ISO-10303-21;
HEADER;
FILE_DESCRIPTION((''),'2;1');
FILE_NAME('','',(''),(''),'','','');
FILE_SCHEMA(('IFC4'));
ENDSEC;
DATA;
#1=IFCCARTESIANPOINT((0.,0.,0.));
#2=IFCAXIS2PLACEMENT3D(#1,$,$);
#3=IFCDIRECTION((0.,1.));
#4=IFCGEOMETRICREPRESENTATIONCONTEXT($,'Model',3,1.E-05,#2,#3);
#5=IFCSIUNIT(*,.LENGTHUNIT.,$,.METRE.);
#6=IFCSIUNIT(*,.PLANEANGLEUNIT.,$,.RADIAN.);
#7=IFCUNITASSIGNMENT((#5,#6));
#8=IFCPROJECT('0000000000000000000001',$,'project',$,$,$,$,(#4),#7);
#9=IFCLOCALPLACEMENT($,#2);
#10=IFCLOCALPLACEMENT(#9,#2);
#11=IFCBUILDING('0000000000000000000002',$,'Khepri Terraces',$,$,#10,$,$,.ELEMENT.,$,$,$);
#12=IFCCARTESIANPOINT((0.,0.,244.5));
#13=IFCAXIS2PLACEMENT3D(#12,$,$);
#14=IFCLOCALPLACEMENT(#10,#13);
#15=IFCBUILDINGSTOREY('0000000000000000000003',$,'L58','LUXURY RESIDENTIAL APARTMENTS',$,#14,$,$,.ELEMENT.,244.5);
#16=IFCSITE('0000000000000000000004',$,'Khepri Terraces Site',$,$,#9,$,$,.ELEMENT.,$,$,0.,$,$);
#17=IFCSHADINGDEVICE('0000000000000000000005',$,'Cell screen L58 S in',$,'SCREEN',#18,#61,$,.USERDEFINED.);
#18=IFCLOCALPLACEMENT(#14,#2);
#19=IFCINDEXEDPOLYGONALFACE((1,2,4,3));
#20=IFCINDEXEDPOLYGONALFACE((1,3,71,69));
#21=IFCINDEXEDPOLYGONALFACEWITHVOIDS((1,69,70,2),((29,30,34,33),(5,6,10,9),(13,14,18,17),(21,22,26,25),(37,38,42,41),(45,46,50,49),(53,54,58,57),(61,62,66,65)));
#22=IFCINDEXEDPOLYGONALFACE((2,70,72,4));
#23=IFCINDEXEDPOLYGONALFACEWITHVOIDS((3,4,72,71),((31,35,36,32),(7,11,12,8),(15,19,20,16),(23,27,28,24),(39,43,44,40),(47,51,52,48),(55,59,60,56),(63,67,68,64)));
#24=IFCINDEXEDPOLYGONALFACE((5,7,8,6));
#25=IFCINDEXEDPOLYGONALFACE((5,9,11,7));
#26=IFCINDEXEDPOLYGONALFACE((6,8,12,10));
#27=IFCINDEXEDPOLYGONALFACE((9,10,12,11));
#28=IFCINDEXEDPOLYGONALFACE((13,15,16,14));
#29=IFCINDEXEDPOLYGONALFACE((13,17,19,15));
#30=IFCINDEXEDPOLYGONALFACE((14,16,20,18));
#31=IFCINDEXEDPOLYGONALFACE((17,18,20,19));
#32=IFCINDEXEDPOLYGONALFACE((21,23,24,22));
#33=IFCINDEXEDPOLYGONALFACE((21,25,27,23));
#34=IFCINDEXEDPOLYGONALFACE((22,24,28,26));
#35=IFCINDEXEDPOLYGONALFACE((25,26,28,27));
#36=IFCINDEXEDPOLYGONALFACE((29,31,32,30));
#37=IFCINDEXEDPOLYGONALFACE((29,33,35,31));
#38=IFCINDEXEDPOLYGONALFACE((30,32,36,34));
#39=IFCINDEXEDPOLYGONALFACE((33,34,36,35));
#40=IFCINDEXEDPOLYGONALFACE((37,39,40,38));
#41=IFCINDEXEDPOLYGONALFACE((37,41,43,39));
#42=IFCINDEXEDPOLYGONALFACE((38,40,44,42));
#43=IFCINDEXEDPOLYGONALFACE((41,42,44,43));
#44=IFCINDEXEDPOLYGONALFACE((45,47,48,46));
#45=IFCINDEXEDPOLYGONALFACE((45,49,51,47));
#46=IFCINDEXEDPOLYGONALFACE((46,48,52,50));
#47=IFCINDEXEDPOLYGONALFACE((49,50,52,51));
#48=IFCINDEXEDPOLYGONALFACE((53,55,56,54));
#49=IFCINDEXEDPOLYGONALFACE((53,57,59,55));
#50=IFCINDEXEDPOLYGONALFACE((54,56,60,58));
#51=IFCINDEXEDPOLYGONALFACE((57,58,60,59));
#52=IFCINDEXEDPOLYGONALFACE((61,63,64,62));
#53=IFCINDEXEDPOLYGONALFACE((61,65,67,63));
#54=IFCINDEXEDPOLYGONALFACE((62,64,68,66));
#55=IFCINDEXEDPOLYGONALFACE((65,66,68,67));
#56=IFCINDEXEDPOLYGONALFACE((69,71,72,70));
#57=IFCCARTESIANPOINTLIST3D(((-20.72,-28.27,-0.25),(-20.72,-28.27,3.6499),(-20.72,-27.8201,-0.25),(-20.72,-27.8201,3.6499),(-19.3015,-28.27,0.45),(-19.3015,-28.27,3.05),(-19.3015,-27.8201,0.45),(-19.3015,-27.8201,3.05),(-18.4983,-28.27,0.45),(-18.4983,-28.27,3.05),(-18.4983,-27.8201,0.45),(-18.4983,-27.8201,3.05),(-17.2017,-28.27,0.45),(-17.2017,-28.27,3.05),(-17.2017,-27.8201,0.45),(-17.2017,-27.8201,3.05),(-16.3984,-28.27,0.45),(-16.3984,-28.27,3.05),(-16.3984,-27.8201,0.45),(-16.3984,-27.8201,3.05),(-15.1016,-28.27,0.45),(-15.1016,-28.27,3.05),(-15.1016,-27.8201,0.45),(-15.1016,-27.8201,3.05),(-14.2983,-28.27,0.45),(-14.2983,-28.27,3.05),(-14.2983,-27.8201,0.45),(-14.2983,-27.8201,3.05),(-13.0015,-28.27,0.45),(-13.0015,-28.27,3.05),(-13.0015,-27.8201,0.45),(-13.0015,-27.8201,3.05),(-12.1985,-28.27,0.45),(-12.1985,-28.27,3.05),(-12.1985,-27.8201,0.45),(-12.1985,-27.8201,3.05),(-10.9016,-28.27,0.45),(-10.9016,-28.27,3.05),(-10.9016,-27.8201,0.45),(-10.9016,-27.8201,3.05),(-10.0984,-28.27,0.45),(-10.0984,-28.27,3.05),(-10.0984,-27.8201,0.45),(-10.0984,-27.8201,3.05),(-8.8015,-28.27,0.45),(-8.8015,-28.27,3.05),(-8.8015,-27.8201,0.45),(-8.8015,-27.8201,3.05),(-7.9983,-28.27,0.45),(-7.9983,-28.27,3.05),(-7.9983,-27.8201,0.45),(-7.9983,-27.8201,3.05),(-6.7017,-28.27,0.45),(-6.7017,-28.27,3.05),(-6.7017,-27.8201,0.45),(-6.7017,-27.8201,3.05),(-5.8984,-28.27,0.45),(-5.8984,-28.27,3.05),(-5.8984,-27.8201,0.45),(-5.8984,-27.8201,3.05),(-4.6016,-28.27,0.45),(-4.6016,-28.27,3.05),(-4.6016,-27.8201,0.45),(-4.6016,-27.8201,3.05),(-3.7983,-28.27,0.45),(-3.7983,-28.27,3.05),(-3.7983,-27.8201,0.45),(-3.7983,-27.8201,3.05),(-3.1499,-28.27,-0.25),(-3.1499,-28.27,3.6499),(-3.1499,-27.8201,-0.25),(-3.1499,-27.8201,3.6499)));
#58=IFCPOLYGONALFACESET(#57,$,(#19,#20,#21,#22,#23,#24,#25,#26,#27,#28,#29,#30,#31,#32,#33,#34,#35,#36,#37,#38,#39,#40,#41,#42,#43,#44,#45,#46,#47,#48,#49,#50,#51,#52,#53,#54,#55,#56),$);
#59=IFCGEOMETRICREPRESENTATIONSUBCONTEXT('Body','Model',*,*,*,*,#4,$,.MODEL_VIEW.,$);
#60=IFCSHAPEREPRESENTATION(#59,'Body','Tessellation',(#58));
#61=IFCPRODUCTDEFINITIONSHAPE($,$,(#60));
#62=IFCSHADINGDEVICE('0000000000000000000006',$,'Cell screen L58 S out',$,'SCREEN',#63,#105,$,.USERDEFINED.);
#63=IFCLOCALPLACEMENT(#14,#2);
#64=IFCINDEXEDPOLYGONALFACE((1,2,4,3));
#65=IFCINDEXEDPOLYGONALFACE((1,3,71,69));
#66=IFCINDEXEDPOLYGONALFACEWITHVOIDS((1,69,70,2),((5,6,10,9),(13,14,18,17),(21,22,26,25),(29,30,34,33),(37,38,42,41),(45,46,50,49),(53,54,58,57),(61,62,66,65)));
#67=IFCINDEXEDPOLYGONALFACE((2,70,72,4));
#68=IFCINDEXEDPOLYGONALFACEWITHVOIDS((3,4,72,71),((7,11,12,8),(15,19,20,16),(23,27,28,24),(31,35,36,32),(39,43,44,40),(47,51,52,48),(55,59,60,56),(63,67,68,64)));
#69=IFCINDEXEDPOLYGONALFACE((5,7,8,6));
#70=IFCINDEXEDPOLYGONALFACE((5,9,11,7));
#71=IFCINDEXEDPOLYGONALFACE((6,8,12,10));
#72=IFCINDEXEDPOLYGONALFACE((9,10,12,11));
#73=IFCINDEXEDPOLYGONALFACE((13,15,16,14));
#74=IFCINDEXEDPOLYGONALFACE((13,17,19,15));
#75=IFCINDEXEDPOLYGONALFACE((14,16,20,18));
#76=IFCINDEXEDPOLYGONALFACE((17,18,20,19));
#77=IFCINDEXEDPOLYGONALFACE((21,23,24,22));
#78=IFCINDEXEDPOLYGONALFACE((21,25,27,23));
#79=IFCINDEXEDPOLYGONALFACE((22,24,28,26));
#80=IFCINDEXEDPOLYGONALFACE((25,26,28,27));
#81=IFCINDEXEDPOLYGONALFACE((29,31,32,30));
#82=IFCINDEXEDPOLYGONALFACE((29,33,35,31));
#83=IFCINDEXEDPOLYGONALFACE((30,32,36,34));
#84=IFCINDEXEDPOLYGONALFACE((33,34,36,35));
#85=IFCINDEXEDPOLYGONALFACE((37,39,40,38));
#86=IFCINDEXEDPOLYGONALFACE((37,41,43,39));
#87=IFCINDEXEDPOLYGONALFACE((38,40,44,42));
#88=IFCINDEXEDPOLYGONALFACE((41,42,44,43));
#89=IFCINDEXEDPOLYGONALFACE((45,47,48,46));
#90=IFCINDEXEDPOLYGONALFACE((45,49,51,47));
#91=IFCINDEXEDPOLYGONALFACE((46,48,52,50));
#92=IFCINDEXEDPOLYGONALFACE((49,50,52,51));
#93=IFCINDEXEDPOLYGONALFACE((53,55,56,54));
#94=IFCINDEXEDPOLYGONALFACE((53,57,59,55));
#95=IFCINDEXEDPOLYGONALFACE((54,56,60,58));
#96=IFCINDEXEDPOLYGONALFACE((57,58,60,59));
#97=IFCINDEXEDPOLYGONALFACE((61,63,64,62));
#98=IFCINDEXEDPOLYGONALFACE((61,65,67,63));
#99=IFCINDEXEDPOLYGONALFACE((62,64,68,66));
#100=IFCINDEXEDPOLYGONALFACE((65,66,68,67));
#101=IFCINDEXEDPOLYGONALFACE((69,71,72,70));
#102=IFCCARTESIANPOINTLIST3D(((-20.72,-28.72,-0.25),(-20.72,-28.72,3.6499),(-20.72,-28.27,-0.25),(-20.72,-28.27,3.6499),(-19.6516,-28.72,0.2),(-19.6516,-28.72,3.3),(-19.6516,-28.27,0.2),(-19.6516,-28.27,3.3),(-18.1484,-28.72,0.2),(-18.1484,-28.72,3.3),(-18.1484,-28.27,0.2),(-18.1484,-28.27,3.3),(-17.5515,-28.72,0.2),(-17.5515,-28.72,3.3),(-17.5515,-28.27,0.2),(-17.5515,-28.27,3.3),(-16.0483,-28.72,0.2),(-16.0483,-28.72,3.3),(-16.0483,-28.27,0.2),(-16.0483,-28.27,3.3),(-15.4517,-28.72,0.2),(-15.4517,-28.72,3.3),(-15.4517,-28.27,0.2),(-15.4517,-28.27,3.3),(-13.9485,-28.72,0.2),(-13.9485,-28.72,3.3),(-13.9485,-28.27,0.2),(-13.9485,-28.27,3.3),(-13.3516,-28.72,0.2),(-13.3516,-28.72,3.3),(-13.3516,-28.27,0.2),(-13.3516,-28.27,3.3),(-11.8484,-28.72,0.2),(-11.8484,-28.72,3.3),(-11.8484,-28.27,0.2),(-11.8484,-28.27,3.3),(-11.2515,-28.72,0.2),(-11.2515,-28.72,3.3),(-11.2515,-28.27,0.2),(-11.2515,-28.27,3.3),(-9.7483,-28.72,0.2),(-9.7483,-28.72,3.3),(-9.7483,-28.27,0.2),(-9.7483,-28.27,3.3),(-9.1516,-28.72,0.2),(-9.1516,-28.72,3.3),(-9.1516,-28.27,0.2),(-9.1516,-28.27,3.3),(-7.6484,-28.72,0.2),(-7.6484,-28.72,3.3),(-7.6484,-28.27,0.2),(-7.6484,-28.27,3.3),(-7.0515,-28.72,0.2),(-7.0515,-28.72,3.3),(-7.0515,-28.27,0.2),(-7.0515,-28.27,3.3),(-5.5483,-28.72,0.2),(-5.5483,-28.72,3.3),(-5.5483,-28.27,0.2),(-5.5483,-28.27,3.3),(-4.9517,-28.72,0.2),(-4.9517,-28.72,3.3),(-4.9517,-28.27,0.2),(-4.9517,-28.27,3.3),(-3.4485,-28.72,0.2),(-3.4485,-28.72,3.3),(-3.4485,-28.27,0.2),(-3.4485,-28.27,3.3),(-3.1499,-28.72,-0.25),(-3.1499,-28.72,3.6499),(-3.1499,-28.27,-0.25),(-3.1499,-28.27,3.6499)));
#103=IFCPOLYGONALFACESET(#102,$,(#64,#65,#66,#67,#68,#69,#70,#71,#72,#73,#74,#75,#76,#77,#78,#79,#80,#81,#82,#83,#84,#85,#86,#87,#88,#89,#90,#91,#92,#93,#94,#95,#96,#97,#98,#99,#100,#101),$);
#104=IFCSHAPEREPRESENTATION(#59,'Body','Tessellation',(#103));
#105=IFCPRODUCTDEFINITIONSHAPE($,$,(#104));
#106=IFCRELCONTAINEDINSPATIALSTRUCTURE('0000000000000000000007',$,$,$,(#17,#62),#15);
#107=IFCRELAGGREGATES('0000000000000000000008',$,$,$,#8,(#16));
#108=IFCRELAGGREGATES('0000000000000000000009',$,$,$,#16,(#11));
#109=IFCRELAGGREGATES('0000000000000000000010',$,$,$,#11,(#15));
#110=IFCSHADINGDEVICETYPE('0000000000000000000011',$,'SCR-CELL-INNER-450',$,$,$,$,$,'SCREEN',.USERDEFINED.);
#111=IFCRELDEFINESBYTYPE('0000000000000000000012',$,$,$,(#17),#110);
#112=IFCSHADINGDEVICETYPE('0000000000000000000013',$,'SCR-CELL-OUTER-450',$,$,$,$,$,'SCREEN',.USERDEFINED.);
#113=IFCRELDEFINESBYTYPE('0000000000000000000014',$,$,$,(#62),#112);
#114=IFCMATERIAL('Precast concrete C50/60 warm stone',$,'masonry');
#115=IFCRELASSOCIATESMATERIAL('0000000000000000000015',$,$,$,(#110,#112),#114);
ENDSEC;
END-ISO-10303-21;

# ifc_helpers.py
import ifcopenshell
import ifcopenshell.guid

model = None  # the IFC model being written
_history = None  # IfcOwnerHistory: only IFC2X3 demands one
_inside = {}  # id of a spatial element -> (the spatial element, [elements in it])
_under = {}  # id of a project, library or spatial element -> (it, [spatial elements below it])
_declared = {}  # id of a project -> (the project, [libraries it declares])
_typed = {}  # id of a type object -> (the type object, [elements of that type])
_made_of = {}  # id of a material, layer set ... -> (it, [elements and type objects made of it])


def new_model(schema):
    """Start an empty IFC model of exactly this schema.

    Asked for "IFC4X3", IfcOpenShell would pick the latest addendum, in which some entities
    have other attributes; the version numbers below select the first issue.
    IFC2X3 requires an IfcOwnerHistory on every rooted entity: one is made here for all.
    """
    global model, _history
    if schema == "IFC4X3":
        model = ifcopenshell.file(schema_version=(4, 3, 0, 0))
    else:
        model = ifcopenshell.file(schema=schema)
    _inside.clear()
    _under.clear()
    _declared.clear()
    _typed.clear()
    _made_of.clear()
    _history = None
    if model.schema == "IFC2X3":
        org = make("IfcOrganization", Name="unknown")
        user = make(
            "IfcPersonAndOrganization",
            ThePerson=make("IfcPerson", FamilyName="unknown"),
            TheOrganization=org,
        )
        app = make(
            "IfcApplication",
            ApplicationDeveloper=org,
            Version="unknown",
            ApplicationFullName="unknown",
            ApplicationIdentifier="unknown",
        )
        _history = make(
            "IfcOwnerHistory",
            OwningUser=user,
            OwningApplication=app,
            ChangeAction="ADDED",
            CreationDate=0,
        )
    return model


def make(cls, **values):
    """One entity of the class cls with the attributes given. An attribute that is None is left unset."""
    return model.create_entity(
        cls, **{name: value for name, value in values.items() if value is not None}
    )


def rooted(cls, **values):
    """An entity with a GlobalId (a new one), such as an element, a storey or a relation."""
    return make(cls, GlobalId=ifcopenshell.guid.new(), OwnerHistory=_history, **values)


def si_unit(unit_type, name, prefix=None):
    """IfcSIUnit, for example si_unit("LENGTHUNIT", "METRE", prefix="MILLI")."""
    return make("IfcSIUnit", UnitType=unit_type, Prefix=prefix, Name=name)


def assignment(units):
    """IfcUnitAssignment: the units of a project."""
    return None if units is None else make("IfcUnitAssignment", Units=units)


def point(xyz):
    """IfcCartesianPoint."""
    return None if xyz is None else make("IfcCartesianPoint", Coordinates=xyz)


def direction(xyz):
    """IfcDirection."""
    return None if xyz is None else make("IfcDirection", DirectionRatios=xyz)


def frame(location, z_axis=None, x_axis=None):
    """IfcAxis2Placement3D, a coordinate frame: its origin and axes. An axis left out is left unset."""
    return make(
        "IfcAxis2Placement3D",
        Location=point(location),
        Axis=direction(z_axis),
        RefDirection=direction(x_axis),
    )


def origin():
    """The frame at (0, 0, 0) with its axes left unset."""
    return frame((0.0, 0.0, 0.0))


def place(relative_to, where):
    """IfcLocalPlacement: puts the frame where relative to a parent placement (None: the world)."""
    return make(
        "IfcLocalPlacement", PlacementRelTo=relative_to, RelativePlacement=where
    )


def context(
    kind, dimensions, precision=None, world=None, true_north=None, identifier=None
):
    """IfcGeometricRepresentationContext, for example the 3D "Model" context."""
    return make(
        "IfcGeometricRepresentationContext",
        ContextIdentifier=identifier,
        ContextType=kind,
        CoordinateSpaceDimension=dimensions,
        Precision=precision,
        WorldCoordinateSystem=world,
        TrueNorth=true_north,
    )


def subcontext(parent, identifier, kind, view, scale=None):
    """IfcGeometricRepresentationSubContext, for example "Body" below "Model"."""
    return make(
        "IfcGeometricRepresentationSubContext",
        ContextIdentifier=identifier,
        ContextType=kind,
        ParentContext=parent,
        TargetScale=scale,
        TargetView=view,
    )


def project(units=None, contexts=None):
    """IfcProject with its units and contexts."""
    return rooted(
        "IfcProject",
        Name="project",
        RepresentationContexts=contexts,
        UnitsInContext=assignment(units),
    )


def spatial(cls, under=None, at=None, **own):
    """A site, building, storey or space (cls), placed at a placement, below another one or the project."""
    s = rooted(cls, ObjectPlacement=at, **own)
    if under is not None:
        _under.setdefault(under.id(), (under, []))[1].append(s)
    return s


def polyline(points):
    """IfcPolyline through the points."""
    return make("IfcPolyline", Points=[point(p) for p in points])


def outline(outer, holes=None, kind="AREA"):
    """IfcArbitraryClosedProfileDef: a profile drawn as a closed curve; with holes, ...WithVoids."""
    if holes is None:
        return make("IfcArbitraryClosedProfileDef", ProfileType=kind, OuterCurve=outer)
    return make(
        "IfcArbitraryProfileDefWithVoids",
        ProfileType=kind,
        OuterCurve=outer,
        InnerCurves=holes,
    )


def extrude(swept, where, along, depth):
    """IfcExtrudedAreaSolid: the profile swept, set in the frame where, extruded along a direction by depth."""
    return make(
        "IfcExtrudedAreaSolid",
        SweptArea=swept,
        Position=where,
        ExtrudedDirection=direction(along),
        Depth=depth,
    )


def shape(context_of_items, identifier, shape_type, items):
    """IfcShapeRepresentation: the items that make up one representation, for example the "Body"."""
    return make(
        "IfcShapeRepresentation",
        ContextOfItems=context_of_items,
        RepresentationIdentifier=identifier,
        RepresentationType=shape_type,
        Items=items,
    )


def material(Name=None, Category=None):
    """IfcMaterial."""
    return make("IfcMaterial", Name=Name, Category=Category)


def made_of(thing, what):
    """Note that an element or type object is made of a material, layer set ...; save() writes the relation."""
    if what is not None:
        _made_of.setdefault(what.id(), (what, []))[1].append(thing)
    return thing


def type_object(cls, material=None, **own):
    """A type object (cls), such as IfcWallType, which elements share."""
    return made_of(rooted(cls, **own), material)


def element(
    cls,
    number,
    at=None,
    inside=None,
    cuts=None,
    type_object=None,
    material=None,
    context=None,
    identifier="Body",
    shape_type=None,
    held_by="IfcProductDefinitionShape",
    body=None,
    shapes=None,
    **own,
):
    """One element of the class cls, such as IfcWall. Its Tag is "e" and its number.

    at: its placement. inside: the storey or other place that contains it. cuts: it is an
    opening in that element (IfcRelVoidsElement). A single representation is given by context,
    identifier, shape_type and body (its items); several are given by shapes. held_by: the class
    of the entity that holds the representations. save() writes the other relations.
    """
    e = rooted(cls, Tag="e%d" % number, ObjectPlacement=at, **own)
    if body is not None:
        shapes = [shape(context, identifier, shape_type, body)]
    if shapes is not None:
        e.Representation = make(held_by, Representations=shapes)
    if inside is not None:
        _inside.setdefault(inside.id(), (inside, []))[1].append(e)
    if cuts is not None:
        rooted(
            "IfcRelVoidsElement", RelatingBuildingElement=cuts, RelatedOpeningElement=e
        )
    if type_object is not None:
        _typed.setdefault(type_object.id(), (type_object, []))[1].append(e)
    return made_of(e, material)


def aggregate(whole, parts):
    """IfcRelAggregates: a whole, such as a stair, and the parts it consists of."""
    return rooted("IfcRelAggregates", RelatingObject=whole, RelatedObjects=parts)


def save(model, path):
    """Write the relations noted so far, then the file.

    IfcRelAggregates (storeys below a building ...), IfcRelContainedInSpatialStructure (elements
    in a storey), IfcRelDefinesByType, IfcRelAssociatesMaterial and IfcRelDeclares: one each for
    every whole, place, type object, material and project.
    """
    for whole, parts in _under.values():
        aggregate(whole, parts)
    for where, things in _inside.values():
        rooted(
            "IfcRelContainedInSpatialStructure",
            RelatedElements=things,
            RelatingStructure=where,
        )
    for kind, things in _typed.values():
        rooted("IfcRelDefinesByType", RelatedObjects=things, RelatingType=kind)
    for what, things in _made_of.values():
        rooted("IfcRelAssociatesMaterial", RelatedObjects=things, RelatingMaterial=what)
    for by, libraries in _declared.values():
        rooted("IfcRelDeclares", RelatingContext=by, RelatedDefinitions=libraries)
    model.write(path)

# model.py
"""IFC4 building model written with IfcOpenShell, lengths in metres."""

from ifc_helpers import new_model, si_unit, direction, frame, origin, place, context, subcontext, project, spatial, polyline, outline, extrude, material, type_object, element, save


model = new_model("IFC4")

# Units and contexts
model_context = context("Model", 3, precision=1e-05, world=origin(), true_north=direction((0.0, 1.0)))
body_context = subcontext(model_context, "Body", "Model", "MODEL_VIEW")
ifc_project = project(units=[si_unit("LENGTHUNIT", "METRE"), si_unit("PLANEANGLEUNIT", "RADIAN")], contexts=[model_context])

# Site, building, storey
site_placement = place(None, origin())
site = spatial("IfcSite", under=ifc_project, at=site_placement, Name="Khepri Terraces Site", CompositionType="ELEMENT", RefElevation=0.0)
building_placement = place(site_placement, origin())
building = spatial("IfcBuilding", under=site, at=building_placement, Name="Khepri Terraces", CompositionType="ELEMENT")
storey_placement = place(building_placement, frame((0.0, 0.0, 244.5)))
storey = spatial("IfcBuildingStorey", under=building, at=storey_placement, Name="L58", Description="LUXURY RESIDENTIAL APARTMENTS", CompositionType="ELEMENT", Elevation=244.5)

# Shared definitions
ifc_material_1 = material(Name="Precast concrete C50/60 warm stone", Category="masonry")

# Shading devices
shading_device_type_1 = type_object("IfcShadingDeviceType", Name="SCR-CELL-INNER-450", ElementType="SCREEN", PredefinedType="USERDEFINED", material=ifc_material_1)
shading_device_1_placement = place(storey_placement, frame((-20.72, -27.8201, -0.25), z_axis=(0.0, -1.0, 0.0), x_axis=(1.0, 0.0, 0.0)))
element("IfcShadingDevice", 1, at=shading_device_1_placement, inside=storey, type_object=shading_device_type_1, Name="Cell screen L58 S in", ObjectType="SCREEN", PredefinedType="USERDEFINED", context=body_context, shape_type="SweptSolid", body=[
    extrude(outline(polyline([(0.0, 0.0), (17.5701, 0.0), (17.5701, 3.8999), (0.0, 3.8999), (0.0, 0.0)]), holes=[polyline([(1.4185, 0.7), (2.2217, 0.7), (2.2217, 3.3), (1.4185, 3.3), (1.4185, 0.7)]), polyline([(3.5183, 0.7), (4.3215, 0.7), (4.3215, 3.3), (3.5183, 3.3), (3.5183, 0.7)]), polyline([(5.6184, 0.7), (6.4216, 0.7), (6.4216, 3.3), (5.6184, 3.3), (5.6184, 0.7)]), polyline([(7.7185, 0.7), (8.5215, 0.7), (8.5215, 3.3), (7.7185, 3.3), (7.7185, 0.7)]), polyline([(9.8184, 0.7), (10.6216, 0.7), (10.6216, 3.3), (9.8184, 3.3), (9.8184, 0.7)]), polyline([(11.9185, 0.7), (12.7217, 0.7), (12.7217, 3.3), (11.9185, 3.3), (11.9185, 0.7)]), polyline([(14.0183, 0.7), (14.8215, 0.7), (14.8215, 3.3), (14.0183, 3.3), (14.0183, 0.7)]), polyline([(16.1184, 0.7), (16.9216, 0.7), (16.9216, 3.3), (16.1184, 3.3), (16.1184, 0.7)])]), origin(), (0.0, 0.0, 1.0), 0.45),
])
shading_device_type_2 = type_object("IfcShadingDeviceType", Name="SCR-CELL-OUTER-450", ElementType="SCREEN", PredefinedType="USERDEFINED", material=ifc_material_1)
shading_device_2_placement = place(storey_placement, frame((-20.72, -28.27, -0.25), z_axis=(0.0, -1.0, 0.0), x_axis=(1.0, 0.0, 0.0)))
element("IfcShadingDevice", 2, at=shading_device_2_placement, inside=storey, type_object=shading_device_type_2, Name="Cell screen L58 S out", ObjectType="SCREEN", PredefinedType="USERDEFINED", context=body_context, shape_type="SweptSolid", body=[
    extrude(outline(polyline([(0.0, 0.0), (17.5701, 0.0), (17.5701, 3.8999), (0.0, 3.8999), (0.0, 0.0)]), holes=[polyline([(1.0684, 0.45), (2.5715, 0.45), (2.5715, 3.55), (1.0684, 3.55), (1.0684, 0.45)]), polyline([(3.1685, 0.45), (4.6716, 0.45), (4.6716, 3.55), (3.1685, 3.55), (3.1685, 0.45)]), polyline([(5.2683, 0.45), (6.7715, 0.45), (6.7715, 3.55), (5.2683, 3.55), (5.2683, 0.45)]), polyline([(7.3684, 0.45), (8.8716, 0.45), (8.8716, 3.55), (7.3684, 3.55), (7.3684, 0.45)]), polyline([(9.4685, 0.45), (10.9717, 0.45), (10.9717, 3.55), (9.4685, 3.55), (9.4685, 0.45)]), polyline([(11.5684, 0.45), (13.0715, 0.45), (13.0715, 3.55), (11.5684, 3.55), (11.5684, 0.45)]), polyline([(13.6685, 0.45), (15.1716, 0.45), (15.1716, 3.55), (13.6685, 3.55), (13.6685, 0.45)]), polyline([(15.7683, 0.45), (17.2715, 0.45), (17.2715, 3.55), (15.7683, 3.55), (15.7683, 0.45)])]), origin(), (0.0, 0.0, 1.0), 0.45),
])

save(model, "model.ifc")
